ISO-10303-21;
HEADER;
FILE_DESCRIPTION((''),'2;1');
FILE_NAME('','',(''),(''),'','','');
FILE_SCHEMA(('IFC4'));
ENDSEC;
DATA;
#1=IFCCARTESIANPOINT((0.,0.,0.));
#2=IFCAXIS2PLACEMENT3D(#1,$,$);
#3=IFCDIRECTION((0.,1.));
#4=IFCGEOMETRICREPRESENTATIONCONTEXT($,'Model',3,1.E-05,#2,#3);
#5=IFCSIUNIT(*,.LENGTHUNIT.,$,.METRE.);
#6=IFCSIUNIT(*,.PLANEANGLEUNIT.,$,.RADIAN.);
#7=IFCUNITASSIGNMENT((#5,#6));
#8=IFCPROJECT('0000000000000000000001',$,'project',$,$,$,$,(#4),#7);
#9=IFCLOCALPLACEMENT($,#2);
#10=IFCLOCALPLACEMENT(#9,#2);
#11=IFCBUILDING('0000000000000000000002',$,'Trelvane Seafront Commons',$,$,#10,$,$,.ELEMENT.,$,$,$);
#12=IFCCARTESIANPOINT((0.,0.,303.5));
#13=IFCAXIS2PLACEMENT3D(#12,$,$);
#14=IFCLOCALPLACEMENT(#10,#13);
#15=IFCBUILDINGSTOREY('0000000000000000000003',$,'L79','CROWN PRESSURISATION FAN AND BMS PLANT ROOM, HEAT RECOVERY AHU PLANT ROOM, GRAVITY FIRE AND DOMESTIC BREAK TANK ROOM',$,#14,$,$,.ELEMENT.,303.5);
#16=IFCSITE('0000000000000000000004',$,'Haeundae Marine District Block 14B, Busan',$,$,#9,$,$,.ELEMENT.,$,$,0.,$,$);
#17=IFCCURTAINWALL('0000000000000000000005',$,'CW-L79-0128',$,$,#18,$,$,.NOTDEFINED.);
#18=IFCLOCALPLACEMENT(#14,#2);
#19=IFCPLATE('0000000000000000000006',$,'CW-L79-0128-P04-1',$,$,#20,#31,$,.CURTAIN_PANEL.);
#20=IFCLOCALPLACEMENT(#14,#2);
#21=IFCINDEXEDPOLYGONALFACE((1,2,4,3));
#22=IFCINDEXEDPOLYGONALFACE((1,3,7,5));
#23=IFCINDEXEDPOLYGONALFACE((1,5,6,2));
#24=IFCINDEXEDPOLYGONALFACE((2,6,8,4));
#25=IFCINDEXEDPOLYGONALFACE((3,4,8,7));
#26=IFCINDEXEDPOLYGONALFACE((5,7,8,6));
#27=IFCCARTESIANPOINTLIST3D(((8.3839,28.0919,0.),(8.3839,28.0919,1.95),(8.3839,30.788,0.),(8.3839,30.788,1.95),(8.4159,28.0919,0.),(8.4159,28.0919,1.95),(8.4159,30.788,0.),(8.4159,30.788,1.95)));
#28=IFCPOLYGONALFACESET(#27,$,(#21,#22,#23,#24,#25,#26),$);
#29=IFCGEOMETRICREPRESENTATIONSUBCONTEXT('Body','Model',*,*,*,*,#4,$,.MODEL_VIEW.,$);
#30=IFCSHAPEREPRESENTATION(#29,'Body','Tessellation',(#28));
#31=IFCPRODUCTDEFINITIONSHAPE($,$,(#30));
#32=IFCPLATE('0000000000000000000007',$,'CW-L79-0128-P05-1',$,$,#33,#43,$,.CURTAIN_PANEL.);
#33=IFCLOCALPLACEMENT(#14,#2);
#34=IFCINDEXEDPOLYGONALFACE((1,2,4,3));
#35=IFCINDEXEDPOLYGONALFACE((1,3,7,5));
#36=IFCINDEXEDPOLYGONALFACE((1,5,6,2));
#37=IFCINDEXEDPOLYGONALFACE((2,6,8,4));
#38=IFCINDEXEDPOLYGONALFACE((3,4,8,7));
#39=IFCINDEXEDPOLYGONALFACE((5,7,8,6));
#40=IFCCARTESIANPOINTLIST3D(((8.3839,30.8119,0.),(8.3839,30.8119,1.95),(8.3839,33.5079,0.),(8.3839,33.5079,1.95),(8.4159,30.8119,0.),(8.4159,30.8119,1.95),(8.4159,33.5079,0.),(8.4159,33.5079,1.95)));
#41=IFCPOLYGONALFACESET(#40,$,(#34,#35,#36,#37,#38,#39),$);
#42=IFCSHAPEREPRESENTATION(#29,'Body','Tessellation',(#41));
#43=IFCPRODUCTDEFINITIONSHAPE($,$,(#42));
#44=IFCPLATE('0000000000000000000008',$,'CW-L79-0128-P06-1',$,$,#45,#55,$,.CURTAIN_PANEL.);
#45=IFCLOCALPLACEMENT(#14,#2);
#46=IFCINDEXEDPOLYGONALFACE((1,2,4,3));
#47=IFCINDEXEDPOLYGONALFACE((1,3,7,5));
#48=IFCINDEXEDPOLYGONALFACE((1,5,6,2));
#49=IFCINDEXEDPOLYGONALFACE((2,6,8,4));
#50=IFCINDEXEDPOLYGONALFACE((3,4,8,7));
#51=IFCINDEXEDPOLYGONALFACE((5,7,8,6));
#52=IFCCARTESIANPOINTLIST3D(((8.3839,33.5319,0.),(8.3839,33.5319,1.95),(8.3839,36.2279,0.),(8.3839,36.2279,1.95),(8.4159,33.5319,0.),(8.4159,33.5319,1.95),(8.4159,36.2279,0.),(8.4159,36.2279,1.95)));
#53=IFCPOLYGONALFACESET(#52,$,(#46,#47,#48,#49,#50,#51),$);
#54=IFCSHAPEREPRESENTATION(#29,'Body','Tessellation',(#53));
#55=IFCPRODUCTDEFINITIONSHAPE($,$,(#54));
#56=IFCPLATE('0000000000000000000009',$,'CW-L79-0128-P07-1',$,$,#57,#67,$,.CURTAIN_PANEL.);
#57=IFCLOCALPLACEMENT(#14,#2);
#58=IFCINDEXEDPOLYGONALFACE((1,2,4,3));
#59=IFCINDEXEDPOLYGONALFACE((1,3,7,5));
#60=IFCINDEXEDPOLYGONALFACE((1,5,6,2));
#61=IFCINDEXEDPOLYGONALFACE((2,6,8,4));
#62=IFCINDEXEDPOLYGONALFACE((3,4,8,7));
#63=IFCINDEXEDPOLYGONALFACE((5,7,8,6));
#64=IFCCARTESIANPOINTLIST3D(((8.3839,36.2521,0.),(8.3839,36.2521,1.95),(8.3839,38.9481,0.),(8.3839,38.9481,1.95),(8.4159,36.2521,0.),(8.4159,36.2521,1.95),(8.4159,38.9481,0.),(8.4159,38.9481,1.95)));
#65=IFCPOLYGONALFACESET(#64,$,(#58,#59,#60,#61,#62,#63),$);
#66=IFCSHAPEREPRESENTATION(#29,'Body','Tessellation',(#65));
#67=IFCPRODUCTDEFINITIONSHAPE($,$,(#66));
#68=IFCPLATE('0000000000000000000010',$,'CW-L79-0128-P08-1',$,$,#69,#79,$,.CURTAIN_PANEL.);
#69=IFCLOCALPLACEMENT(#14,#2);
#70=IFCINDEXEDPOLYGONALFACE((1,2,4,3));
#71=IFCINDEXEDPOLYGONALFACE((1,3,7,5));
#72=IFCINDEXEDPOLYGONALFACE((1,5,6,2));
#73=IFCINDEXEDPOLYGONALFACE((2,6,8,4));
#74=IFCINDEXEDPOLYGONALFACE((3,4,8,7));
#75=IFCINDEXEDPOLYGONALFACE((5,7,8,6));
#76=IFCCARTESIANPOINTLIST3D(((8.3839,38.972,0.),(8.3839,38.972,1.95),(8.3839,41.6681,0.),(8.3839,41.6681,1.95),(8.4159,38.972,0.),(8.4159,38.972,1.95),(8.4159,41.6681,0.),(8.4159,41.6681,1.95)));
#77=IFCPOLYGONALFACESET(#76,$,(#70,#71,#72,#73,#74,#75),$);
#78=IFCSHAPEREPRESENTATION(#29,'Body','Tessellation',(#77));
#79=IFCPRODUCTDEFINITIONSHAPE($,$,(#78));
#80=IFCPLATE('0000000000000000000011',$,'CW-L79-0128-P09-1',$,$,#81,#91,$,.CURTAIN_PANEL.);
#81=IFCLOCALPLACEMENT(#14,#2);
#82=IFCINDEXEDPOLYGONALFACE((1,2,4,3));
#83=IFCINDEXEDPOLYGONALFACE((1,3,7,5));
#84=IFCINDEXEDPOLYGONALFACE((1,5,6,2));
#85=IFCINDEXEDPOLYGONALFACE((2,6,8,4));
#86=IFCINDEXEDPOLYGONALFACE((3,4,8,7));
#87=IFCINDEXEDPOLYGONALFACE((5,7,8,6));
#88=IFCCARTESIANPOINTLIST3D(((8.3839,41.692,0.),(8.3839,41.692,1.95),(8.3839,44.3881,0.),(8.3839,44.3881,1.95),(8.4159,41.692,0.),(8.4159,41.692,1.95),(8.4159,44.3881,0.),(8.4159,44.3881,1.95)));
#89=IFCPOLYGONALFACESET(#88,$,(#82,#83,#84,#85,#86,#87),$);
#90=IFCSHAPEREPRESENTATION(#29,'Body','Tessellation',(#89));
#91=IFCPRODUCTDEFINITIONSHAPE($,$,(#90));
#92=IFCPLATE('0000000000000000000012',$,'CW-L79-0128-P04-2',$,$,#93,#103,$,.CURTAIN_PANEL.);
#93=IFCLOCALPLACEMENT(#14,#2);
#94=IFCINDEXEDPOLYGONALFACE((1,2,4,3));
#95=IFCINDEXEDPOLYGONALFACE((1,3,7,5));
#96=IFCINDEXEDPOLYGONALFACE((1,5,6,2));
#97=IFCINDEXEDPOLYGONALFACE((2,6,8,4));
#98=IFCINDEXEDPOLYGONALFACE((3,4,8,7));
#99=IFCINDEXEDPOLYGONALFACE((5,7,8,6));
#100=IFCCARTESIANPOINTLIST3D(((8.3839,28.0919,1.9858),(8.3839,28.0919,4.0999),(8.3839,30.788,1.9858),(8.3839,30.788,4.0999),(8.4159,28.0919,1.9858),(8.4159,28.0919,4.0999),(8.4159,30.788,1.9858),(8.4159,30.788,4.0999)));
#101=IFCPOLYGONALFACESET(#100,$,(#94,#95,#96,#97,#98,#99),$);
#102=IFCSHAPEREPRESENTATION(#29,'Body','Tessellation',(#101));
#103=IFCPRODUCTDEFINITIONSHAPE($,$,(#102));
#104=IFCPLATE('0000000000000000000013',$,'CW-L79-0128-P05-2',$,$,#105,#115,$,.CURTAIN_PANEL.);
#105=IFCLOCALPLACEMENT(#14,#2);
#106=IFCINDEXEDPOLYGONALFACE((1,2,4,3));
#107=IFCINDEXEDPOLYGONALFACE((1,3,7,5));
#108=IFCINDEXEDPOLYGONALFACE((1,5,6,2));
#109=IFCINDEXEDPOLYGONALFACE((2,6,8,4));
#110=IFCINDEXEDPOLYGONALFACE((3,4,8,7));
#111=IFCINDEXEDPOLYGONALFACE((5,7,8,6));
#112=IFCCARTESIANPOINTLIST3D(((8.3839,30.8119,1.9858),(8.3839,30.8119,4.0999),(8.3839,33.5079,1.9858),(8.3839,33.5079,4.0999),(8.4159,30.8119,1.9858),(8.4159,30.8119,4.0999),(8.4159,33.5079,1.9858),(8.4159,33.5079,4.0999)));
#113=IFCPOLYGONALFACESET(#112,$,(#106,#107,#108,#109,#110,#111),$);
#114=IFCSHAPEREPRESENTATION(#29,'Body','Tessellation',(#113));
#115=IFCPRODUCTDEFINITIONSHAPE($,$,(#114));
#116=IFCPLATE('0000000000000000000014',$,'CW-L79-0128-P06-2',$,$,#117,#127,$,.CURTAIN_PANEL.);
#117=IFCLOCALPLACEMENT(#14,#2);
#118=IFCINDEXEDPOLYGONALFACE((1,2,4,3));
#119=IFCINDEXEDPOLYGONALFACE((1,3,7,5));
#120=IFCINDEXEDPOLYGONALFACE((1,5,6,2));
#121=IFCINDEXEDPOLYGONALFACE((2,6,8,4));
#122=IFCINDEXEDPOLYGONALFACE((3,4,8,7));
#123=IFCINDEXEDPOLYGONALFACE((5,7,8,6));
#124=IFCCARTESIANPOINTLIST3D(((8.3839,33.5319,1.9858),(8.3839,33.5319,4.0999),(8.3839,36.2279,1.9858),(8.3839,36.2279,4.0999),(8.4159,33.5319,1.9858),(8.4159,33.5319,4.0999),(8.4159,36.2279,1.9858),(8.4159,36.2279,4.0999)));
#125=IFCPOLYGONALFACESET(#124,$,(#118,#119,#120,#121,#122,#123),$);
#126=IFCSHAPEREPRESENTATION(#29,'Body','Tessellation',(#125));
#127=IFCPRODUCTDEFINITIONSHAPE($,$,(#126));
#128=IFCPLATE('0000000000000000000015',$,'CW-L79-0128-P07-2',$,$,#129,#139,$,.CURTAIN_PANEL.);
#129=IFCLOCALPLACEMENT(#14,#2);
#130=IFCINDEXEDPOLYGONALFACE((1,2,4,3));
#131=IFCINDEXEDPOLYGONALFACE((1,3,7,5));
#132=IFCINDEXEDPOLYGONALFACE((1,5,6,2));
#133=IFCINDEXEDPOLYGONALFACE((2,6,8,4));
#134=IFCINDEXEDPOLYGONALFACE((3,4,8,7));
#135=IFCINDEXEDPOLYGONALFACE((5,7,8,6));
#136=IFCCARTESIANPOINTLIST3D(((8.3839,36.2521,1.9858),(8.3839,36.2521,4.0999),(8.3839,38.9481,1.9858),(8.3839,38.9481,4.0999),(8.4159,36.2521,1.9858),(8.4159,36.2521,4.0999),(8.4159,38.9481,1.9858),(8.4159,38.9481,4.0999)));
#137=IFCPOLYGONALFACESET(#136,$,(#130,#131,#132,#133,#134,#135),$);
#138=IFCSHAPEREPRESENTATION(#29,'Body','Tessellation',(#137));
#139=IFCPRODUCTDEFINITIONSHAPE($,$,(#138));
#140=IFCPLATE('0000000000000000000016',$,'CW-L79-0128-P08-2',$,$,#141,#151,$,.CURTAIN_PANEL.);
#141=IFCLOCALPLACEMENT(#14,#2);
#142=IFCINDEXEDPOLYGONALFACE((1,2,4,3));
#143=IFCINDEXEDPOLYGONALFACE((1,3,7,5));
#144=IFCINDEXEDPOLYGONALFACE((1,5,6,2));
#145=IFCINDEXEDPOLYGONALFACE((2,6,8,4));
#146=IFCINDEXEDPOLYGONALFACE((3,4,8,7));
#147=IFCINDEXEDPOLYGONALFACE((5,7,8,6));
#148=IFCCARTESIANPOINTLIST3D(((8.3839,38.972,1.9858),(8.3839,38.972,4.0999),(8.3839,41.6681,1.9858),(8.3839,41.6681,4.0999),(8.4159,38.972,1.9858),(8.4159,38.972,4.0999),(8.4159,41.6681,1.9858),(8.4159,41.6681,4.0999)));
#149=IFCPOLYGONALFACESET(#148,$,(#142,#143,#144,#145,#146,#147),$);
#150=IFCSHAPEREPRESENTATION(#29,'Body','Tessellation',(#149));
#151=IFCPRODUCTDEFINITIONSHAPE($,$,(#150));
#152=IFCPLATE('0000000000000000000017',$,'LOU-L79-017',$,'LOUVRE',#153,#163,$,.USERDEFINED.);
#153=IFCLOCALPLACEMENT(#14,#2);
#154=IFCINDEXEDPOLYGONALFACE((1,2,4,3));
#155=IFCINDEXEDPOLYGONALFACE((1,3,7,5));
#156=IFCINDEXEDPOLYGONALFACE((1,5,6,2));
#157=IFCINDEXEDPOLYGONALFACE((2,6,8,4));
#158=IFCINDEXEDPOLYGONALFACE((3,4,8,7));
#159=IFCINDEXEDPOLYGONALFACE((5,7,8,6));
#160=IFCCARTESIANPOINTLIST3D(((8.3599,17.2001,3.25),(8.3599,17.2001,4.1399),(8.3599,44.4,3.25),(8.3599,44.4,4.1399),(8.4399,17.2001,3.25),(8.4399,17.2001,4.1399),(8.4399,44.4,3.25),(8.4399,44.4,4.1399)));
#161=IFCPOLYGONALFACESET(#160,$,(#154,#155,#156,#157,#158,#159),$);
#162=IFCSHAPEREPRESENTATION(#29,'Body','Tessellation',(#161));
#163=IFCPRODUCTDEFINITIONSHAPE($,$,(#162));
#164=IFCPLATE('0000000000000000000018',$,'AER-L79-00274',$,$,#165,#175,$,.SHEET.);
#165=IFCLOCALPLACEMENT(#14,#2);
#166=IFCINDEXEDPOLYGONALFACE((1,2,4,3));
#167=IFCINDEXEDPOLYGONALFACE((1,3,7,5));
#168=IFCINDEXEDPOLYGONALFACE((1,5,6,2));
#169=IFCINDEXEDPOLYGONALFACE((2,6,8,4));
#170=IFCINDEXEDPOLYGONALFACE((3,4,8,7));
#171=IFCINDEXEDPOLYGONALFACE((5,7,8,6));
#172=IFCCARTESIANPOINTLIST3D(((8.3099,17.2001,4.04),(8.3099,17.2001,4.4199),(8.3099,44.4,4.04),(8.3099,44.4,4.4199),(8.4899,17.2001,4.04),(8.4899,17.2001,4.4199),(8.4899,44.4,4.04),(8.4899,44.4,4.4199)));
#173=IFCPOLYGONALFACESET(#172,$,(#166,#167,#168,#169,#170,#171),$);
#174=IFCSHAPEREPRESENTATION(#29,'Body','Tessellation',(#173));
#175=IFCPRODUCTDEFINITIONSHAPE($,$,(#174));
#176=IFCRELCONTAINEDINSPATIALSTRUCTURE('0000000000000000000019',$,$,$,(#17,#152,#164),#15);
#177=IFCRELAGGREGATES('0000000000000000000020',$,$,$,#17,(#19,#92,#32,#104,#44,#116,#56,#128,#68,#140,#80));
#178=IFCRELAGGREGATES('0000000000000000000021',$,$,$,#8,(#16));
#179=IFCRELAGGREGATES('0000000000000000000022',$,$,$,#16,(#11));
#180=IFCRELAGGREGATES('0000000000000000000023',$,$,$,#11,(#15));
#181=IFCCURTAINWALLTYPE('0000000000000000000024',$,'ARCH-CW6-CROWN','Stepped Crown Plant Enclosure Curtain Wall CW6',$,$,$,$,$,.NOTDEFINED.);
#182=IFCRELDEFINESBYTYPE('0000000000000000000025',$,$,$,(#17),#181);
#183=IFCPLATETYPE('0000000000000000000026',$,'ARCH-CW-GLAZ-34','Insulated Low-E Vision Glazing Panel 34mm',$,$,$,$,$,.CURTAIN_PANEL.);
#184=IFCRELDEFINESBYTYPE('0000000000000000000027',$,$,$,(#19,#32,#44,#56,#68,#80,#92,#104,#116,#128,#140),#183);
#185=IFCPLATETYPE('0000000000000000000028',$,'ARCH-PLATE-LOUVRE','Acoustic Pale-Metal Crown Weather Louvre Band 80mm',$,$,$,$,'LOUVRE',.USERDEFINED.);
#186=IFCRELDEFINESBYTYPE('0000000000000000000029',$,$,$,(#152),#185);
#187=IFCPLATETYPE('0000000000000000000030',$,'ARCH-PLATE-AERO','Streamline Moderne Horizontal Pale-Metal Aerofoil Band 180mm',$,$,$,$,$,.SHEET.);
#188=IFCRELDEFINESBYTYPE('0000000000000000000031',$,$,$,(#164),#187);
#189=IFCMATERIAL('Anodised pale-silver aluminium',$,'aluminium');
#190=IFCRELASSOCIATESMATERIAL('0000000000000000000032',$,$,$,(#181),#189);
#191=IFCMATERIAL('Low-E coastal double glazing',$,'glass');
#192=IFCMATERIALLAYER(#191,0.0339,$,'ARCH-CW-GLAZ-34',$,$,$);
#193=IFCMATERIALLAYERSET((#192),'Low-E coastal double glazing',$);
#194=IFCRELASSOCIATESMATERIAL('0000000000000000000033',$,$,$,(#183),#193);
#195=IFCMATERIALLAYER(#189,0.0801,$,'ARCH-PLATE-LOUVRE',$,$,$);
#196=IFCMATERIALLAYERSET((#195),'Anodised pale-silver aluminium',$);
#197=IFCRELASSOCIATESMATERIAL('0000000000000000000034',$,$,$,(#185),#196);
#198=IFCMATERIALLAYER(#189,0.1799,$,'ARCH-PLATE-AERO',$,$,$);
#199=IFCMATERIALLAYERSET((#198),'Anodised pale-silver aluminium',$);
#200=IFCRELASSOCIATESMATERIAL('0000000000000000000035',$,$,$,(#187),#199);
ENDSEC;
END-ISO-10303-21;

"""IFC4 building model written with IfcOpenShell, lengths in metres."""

from ifc_helpers import new_model, si_unit, direction, frame, origin, origin_2d, place, context, subcontext, project, spatial, rectangle, extrude, source, transform, mapped, material, layer, layer_set, type_object, element, aggregate, save


model = new_model("IFC4")

# Units and contexts
model_context = context("Model", 3, precision=1e-05, world=origin(), true_north=direction((0.0, 1.0)))
body_context = subcontext(model_context, "Body", "Model", "MODEL_VIEW")
ifc_project = project(units=[si_unit("LENGTHUNIT", "METRE"), si_unit("PLANEANGLEUNIT", "RADIAN")], contexts=[model_context])

# Site, building, storey
site_placement = place(None, origin())
site = spatial("IfcSite", under=ifc_project, at=site_placement, Name="Haeundae Marine District Block 14B, Busan", CompositionType="ELEMENT", RefElevation=0.0)
building_placement = place(site_placement, origin())
building = spatial("IfcBuilding", under=site, at=building_placement, Name="Trelvane Seafront Commons", CompositionType="ELEMENT")
storey_placement = place(building_placement, frame((0.0, 0.0, 303.5)))
storey = spatial("IfcBuildingStorey", under=building, at=storey_placement, Name="L79", Description="CROWN PRESSURISATION FAN AND BMS PLANT ROOM, HEAT RECOVERY AHU PLANT ROOM, GRAVITY FIRE AND DOMESTIC BREAK TANK ROOM", CompositionType="ELEMENT", Elevation=303.5)

# Curtain wall, plates
ifc_material_1 = material(Name="Anodised pale-silver aluminium", Category="aluminium")
curtain_wall_type = type_object("IfcCurtainWallType", Name="ARCH-CW6-CROWN", Description="Stepped Crown Plant Enclosure Curtain Wall CW6", PredefinedType="NOTDEFINED", material=ifc_material_1)
curtain_wall_placement = place(storey_placement, origin())
curtain_wall = element("IfcCurtainWall", 1, at=curtain_wall_placement, inside=storey, type_object=curtain_wall_type, Name="CW-L79-0128", PredefinedType="NOTDEFINED")
ifc_material_2 = material(Name="Low-E coastal double glazing", Category="glass")
ifc_layer_1 = layer(ifc_material_2, 0.0339, Name="ARCH-CW-GLAZ-34")
ifc_layer_set_1 = layer_set([ifc_layer_1], Name="Low-E coastal double glazing")
plate_type_1 = type_object("IfcPlateType", Name="ARCH-CW-GLAZ-34", Description="Insulated Low-E Vision Glazing Panel 34mm", PredefinedType="CURTAIN_PANEL", material=ifc_layer_set_1)
shared_shape_1 = source(origin(), body_context, "Body", "SweptSolid", [
    extrude(rectangle(XDim=2.696, YDim=0.032, at=origin_2d()), origin(), (0.0, 0.0, 1.0), 1.95),
])
plate_1_placement = place(storey_placement, frame((8.3999, 29.4399, 0.0), z_axis=(0.0, 0.0, 1.0), x_axis=(0.0, 1.0, 0.0)))
plate_1 = element("IfcPlate", 2, at=plate_1_placement, type_object=plate_type_1, Name="CW-L79-0128-P04-1", PredefinedType="CURTAIN_PANEL", context=body_context, shape_type="MappedRepresentation", body=[
    mapped(shared_shape_1, transform((0.0, 0.0, 0.0), x_axis=(1.0, 0.0, 0.0), y_axis=(0.0, 1.0, 0.0), z_axis=(0.0, 0.0, 1.0), scale=1.0)),
])
plate_2_placement = place(storey_placement, frame((8.3999, 32.1599, 0.0), z_axis=(0.0, 0.0, 1.0), x_axis=(0.0, 1.0, 0.0)))
plate_2 = element("IfcPlate", 3, at=plate_2_placement, type_object=plate_type_1, Name="CW-L79-0128-P05-1", PredefinedType="CURTAIN_PANEL", context=body_context, shape_type="MappedRepresentation", body=[
    mapped(shared_shape_1, transform((0.0, 0.0, 0.0), x_axis=(1.0, 0.0, 0.0), y_axis=(0.0, 1.0, 0.0), z_axis=(0.0, 0.0, 1.0), scale=1.0)),
])
plate_3_placement = place(storey_placement, frame((8.3999, 34.8799, 0.0), z_axis=(0.0, 0.0, 1.0), x_axis=(0.0, 1.0, 0.0)))
plate_3 = element("IfcPlate", 4, at=plate_3_placement, type_object=plate_type_1, Name="CW-L79-0128-P06-1", PredefinedType="CURTAIN_PANEL", context=body_context, shape_type="MappedRepresentation", body=[
    mapped(shared_shape_1, transform((0.0, 0.0, 0.0), x_axis=(1.0, 0.0, 0.0), y_axis=(0.0, 1.0, 0.0), z_axis=(0.0, 0.0, 1.0), scale=1.0)),
])
plate_4_placement = place(storey_placement, frame((8.3999, 37.6001, 0.0), z_axis=(0.0, 0.0, 1.0), x_axis=(0.0, 1.0, 0.0)))
plate_4 = element("IfcPlate", 5, at=plate_4_placement, type_object=plate_type_1, Name="CW-L79-0128-P07-1", PredefinedType="CURTAIN_PANEL", context=body_context, shape_type="MappedRepresentation", body=[
    mapped(shared_shape_1, transform((0.0, 0.0, 0.0), x_axis=(1.0, 0.0, 0.0), y_axis=(0.0, 1.0, 0.0), z_axis=(0.0, 0.0, 1.0), scale=1.0)),
])
plate_5_placement = place(storey_placement, frame((8.3999, 40.3201, 0.0), z_axis=(0.0, 0.0, 1.0), x_axis=(0.0, 1.0, 0.0)))
plate_5 = element("IfcPlate", 6, at=plate_5_placement, type_object=plate_type_1, Name="CW-L79-0128-P08-1", PredefinedType="CURTAIN_PANEL", context=body_context, shape_type="MappedRepresentation", body=[
    mapped(shared_shape_1, transform((0.0, 0.0, 0.0), x_axis=(1.0, 0.0, 0.0), y_axis=(0.0, 1.0, 0.0), z_axis=(0.0, 0.0, 1.0), scale=1.0)),
])
plate_6_placement = place(storey_placement, frame((8.3999, 43.04, 0.0), z_axis=(0.0, 0.0, 1.0), x_axis=(0.0, 1.0, 0.0)))
plate_6 = element("IfcPlate", 7, at=plate_6_placement, type_object=plate_type_1, Name="CW-L79-0128-P09-1", PredefinedType="CURTAIN_PANEL", context=body_context, shape_type="MappedRepresentation", body=[
    mapped(shared_shape_1, transform((0.0, 0.0, 0.0), x_axis=(1.0, 0.0, 0.0), y_axis=(0.0, 1.0, 0.0), z_axis=(0.0, 0.0, 1.0), scale=1.0)),
])
shared_shape_2 = source(origin(), body_context, "Body", "SweptSolid", [
    extrude(rectangle(XDim=2.696, YDim=0.032, at=origin_2d()), origin(), (0.0, 0.0, 1.0), 2.114),
])
plate_7_placement = place(storey_placement, frame((8.3999, 29.4399, 1.9858), z_axis=(0.0, 0.0, 1.0), x_axis=(0.0, 1.0, 0.0)))
plate_7 = element("IfcPlate", 8, at=plate_7_placement, type_object=plate_type_1, Name="CW-L79-0128-P04-2", PredefinedType="CURTAIN_PANEL", context=body_context, shape_type="MappedRepresentation", body=[
    mapped(shared_shape_2, transform((0.0, 0.0, 0.0), x_axis=(1.0, 0.0, 0.0), y_axis=(0.0, 1.0, 0.0), z_axis=(0.0, 0.0, 1.0), scale=1.0)),
])
plate_8_placement = place(storey_placement, frame((8.3999, 32.1599, 1.9858), z_axis=(0.0, 0.0, 1.0), x_axis=(0.0, 1.0, 0.0)))
plate_8 = element("IfcPlate", 9, at=plate_8_placement, type_object=plate_type_1, Name="CW-L79-0128-P05-2", PredefinedType="CURTAIN_PANEL", context=body_context, shape_type="MappedRepresentation", body=[
    mapped(shared_shape_2, transform((0.0, 0.0, 0.0), x_axis=(1.0, 0.0, 0.0), y_axis=(0.0, 1.0, 0.0), z_axis=(0.0, 0.0, 1.0), scale=1.0)),
])
plate_9_placement = place(storey_placement, frame((8.3999, 34.8799, 1.9858), z_axis=(0.0, 0.0, 1.0), x_axis=(0.0, 1.0, 0.0)))
plate_9 = element("IfcPlate", 10, at=plate_9_placement, type_object=plate_type_1, Name="CW-L79-0128-P06-2", PredefinedType="CURTAIN_PANEL", context=body_context, shape_type="MappedRepresentation", body=[
    mapped(shared_shape_2, transform((0.0, 0.0, 0.0), x_axis=(1.0, 0.0, 0.0), y_axis=(0.0, 1.0, 0.0), z_axis=(0.0, 0.0, 1.0), scale=1.0)),
])
plate_10_placement = place(storey_placement, frame((8.3999, 37.6001, 1.9858), z_axis=(0.0, 0.0, 1.0), x_axis=(0.0, 1.0, 0.0)))
plate_10 = element("IfcPlate", 11, at=plate_10_placement, type_object=plate_type_1, Name="CW-L79-0128-P07-2", PredefinedType="CURTAIN_PANEL", context=body_context, shape_type="MappedRepresentation", body=[
    mapped(shared_shape_2, transform((0.0, 0.0, 0.0), x_axis=(1.0, 0.0, 0.0), y_axis=(0.0, 1.0, 0.0), z_axis=(0.0, 0.0, 1.0), scale=1.0)),
])
plate_11_placement = place(storey_placement, frame((8.3999, 40.3201, 1.9858), z_axis=(0.0, 0.0, 1.0), x_axis=(0.0, 1.0, 0.0)))
plate_11 = element("IfcPlate", 12, at=plate_11_placement, type_object=plate_type_1, Name="CW-L79-0128-P08-2", PredefinedType="CURTAIN_PANEL", context=body_context, shape_type="MappedRepresentation", body=[
    mapped(shared_shape_2, transform((0.0, 0.0, 0.0), x_axis=(1.0, 0.0, 0.0), y_axis=(0.0, 1.0, 0.0), z_axis=(0.0, 0.0, 1.0), scale=1.0)),
])
aggregate(curtain_wall, [plate_1, plate_7, plate_2, plate_8, plate_3, plate_9, plate_4, plate_10, plate_5, plate_11, plate_6])

# Plates
ifc_layer_2 = layer(ifc_material_1, 0.0801, Name="ARCH-PLATE-LOUVRE")
ifc_layer_set_2 = layer_set([ifc_layer_2], Name="Anodised pale-silver aluminium")
plate_type_2 = type_object("IfcPlateType", Name="ARCH-PLATE-LOUVRE", Description="Acoustic Pale-Metal Crown Weather Louvre Band 80mm", ElementType="LOUVRE", PredefinedType="USERDEFINED", material=ifc_layer_set_2)
shared_shape_3 = source(origin(), body_context, "Body", "SweptSolid", [
    extrude(rectangle(XDim=27.2, YDim=0.0801, at=origin_2d()), origin(), (0.0, 0.0, 1.0), 0.8899),
])
plate_12_placement = place(storey_placement, frame((8.3999, 30.8, 3.25), z_axis=(0.0, 0.0, 1.0), x_axis=(0.0, 1.0, 0.0)))
element("IfcPlate", 13, at=plate_12_placement, inside=storey, type_object=plate_type_2, Name="LOU-L79-017", ObjectType="LOUVRE", PredefinedType="USERDEFINED", context=body_context, shape_type="MappedRepresentation", body=[
    mapped(shared_shape_3, transform((0.0, 0.0, 0.0), x_axis=(1.0, 0.0, 0.0), y_axis=(0.0, 1.0, 0.0), z_axis=(0.0, 0.0, 1.0), scale=1.0)),
])
ifc_layer_3 = layer(ifc_material_1, 0.1799, Name="ARCH-PLATE-AERO")
ifc_layer_set_3 = layer_set([ifc_layer_3], Name="Anodised pale-silver aluminium")
plate_type_3 = type_object("IfcPlateType", Name="ARCH-PLATE-AERO", Description="Streamline Moderne Horizontal Pale-Metal Aerofoil Band 180mm", PredefinedType="SHEET", material=ifc_layer_set_3)
shared_shape_4 = source(origin(), body_context, "Body", "SweptSolid", [
    extrude(rectangle(XDim=27.2, YDim=0.1799, at=origin_2d()), origin(), (0.0, 0.0, 1.0), 0.3799),
])
plate_13_placement = place(storey_placement, frame((8.3999, 30.8, 4.04), z_axis=(0.0, 0.0, 1.0), x_axis=(0.0, 1.0, 0.0)))
element("IfcPlate", 14, at=plate_13_placement, inside=storey, type_object=plate_type_3, Name="AER-L79-00274", PredefinedType="SHEET", context=body_context, shape_type="MappedRepresentation", body=[
    mapped(shared_shape_4, transform((0.0, 0.0, 0.0), x_axis=(1.0, 0.0, 0.0), y_axis=(0.0, 1.0, 0.0), z_axis=(0.0, 0.0, 1.0), scale=1.0)),
])

save(model, "model.ifc")
